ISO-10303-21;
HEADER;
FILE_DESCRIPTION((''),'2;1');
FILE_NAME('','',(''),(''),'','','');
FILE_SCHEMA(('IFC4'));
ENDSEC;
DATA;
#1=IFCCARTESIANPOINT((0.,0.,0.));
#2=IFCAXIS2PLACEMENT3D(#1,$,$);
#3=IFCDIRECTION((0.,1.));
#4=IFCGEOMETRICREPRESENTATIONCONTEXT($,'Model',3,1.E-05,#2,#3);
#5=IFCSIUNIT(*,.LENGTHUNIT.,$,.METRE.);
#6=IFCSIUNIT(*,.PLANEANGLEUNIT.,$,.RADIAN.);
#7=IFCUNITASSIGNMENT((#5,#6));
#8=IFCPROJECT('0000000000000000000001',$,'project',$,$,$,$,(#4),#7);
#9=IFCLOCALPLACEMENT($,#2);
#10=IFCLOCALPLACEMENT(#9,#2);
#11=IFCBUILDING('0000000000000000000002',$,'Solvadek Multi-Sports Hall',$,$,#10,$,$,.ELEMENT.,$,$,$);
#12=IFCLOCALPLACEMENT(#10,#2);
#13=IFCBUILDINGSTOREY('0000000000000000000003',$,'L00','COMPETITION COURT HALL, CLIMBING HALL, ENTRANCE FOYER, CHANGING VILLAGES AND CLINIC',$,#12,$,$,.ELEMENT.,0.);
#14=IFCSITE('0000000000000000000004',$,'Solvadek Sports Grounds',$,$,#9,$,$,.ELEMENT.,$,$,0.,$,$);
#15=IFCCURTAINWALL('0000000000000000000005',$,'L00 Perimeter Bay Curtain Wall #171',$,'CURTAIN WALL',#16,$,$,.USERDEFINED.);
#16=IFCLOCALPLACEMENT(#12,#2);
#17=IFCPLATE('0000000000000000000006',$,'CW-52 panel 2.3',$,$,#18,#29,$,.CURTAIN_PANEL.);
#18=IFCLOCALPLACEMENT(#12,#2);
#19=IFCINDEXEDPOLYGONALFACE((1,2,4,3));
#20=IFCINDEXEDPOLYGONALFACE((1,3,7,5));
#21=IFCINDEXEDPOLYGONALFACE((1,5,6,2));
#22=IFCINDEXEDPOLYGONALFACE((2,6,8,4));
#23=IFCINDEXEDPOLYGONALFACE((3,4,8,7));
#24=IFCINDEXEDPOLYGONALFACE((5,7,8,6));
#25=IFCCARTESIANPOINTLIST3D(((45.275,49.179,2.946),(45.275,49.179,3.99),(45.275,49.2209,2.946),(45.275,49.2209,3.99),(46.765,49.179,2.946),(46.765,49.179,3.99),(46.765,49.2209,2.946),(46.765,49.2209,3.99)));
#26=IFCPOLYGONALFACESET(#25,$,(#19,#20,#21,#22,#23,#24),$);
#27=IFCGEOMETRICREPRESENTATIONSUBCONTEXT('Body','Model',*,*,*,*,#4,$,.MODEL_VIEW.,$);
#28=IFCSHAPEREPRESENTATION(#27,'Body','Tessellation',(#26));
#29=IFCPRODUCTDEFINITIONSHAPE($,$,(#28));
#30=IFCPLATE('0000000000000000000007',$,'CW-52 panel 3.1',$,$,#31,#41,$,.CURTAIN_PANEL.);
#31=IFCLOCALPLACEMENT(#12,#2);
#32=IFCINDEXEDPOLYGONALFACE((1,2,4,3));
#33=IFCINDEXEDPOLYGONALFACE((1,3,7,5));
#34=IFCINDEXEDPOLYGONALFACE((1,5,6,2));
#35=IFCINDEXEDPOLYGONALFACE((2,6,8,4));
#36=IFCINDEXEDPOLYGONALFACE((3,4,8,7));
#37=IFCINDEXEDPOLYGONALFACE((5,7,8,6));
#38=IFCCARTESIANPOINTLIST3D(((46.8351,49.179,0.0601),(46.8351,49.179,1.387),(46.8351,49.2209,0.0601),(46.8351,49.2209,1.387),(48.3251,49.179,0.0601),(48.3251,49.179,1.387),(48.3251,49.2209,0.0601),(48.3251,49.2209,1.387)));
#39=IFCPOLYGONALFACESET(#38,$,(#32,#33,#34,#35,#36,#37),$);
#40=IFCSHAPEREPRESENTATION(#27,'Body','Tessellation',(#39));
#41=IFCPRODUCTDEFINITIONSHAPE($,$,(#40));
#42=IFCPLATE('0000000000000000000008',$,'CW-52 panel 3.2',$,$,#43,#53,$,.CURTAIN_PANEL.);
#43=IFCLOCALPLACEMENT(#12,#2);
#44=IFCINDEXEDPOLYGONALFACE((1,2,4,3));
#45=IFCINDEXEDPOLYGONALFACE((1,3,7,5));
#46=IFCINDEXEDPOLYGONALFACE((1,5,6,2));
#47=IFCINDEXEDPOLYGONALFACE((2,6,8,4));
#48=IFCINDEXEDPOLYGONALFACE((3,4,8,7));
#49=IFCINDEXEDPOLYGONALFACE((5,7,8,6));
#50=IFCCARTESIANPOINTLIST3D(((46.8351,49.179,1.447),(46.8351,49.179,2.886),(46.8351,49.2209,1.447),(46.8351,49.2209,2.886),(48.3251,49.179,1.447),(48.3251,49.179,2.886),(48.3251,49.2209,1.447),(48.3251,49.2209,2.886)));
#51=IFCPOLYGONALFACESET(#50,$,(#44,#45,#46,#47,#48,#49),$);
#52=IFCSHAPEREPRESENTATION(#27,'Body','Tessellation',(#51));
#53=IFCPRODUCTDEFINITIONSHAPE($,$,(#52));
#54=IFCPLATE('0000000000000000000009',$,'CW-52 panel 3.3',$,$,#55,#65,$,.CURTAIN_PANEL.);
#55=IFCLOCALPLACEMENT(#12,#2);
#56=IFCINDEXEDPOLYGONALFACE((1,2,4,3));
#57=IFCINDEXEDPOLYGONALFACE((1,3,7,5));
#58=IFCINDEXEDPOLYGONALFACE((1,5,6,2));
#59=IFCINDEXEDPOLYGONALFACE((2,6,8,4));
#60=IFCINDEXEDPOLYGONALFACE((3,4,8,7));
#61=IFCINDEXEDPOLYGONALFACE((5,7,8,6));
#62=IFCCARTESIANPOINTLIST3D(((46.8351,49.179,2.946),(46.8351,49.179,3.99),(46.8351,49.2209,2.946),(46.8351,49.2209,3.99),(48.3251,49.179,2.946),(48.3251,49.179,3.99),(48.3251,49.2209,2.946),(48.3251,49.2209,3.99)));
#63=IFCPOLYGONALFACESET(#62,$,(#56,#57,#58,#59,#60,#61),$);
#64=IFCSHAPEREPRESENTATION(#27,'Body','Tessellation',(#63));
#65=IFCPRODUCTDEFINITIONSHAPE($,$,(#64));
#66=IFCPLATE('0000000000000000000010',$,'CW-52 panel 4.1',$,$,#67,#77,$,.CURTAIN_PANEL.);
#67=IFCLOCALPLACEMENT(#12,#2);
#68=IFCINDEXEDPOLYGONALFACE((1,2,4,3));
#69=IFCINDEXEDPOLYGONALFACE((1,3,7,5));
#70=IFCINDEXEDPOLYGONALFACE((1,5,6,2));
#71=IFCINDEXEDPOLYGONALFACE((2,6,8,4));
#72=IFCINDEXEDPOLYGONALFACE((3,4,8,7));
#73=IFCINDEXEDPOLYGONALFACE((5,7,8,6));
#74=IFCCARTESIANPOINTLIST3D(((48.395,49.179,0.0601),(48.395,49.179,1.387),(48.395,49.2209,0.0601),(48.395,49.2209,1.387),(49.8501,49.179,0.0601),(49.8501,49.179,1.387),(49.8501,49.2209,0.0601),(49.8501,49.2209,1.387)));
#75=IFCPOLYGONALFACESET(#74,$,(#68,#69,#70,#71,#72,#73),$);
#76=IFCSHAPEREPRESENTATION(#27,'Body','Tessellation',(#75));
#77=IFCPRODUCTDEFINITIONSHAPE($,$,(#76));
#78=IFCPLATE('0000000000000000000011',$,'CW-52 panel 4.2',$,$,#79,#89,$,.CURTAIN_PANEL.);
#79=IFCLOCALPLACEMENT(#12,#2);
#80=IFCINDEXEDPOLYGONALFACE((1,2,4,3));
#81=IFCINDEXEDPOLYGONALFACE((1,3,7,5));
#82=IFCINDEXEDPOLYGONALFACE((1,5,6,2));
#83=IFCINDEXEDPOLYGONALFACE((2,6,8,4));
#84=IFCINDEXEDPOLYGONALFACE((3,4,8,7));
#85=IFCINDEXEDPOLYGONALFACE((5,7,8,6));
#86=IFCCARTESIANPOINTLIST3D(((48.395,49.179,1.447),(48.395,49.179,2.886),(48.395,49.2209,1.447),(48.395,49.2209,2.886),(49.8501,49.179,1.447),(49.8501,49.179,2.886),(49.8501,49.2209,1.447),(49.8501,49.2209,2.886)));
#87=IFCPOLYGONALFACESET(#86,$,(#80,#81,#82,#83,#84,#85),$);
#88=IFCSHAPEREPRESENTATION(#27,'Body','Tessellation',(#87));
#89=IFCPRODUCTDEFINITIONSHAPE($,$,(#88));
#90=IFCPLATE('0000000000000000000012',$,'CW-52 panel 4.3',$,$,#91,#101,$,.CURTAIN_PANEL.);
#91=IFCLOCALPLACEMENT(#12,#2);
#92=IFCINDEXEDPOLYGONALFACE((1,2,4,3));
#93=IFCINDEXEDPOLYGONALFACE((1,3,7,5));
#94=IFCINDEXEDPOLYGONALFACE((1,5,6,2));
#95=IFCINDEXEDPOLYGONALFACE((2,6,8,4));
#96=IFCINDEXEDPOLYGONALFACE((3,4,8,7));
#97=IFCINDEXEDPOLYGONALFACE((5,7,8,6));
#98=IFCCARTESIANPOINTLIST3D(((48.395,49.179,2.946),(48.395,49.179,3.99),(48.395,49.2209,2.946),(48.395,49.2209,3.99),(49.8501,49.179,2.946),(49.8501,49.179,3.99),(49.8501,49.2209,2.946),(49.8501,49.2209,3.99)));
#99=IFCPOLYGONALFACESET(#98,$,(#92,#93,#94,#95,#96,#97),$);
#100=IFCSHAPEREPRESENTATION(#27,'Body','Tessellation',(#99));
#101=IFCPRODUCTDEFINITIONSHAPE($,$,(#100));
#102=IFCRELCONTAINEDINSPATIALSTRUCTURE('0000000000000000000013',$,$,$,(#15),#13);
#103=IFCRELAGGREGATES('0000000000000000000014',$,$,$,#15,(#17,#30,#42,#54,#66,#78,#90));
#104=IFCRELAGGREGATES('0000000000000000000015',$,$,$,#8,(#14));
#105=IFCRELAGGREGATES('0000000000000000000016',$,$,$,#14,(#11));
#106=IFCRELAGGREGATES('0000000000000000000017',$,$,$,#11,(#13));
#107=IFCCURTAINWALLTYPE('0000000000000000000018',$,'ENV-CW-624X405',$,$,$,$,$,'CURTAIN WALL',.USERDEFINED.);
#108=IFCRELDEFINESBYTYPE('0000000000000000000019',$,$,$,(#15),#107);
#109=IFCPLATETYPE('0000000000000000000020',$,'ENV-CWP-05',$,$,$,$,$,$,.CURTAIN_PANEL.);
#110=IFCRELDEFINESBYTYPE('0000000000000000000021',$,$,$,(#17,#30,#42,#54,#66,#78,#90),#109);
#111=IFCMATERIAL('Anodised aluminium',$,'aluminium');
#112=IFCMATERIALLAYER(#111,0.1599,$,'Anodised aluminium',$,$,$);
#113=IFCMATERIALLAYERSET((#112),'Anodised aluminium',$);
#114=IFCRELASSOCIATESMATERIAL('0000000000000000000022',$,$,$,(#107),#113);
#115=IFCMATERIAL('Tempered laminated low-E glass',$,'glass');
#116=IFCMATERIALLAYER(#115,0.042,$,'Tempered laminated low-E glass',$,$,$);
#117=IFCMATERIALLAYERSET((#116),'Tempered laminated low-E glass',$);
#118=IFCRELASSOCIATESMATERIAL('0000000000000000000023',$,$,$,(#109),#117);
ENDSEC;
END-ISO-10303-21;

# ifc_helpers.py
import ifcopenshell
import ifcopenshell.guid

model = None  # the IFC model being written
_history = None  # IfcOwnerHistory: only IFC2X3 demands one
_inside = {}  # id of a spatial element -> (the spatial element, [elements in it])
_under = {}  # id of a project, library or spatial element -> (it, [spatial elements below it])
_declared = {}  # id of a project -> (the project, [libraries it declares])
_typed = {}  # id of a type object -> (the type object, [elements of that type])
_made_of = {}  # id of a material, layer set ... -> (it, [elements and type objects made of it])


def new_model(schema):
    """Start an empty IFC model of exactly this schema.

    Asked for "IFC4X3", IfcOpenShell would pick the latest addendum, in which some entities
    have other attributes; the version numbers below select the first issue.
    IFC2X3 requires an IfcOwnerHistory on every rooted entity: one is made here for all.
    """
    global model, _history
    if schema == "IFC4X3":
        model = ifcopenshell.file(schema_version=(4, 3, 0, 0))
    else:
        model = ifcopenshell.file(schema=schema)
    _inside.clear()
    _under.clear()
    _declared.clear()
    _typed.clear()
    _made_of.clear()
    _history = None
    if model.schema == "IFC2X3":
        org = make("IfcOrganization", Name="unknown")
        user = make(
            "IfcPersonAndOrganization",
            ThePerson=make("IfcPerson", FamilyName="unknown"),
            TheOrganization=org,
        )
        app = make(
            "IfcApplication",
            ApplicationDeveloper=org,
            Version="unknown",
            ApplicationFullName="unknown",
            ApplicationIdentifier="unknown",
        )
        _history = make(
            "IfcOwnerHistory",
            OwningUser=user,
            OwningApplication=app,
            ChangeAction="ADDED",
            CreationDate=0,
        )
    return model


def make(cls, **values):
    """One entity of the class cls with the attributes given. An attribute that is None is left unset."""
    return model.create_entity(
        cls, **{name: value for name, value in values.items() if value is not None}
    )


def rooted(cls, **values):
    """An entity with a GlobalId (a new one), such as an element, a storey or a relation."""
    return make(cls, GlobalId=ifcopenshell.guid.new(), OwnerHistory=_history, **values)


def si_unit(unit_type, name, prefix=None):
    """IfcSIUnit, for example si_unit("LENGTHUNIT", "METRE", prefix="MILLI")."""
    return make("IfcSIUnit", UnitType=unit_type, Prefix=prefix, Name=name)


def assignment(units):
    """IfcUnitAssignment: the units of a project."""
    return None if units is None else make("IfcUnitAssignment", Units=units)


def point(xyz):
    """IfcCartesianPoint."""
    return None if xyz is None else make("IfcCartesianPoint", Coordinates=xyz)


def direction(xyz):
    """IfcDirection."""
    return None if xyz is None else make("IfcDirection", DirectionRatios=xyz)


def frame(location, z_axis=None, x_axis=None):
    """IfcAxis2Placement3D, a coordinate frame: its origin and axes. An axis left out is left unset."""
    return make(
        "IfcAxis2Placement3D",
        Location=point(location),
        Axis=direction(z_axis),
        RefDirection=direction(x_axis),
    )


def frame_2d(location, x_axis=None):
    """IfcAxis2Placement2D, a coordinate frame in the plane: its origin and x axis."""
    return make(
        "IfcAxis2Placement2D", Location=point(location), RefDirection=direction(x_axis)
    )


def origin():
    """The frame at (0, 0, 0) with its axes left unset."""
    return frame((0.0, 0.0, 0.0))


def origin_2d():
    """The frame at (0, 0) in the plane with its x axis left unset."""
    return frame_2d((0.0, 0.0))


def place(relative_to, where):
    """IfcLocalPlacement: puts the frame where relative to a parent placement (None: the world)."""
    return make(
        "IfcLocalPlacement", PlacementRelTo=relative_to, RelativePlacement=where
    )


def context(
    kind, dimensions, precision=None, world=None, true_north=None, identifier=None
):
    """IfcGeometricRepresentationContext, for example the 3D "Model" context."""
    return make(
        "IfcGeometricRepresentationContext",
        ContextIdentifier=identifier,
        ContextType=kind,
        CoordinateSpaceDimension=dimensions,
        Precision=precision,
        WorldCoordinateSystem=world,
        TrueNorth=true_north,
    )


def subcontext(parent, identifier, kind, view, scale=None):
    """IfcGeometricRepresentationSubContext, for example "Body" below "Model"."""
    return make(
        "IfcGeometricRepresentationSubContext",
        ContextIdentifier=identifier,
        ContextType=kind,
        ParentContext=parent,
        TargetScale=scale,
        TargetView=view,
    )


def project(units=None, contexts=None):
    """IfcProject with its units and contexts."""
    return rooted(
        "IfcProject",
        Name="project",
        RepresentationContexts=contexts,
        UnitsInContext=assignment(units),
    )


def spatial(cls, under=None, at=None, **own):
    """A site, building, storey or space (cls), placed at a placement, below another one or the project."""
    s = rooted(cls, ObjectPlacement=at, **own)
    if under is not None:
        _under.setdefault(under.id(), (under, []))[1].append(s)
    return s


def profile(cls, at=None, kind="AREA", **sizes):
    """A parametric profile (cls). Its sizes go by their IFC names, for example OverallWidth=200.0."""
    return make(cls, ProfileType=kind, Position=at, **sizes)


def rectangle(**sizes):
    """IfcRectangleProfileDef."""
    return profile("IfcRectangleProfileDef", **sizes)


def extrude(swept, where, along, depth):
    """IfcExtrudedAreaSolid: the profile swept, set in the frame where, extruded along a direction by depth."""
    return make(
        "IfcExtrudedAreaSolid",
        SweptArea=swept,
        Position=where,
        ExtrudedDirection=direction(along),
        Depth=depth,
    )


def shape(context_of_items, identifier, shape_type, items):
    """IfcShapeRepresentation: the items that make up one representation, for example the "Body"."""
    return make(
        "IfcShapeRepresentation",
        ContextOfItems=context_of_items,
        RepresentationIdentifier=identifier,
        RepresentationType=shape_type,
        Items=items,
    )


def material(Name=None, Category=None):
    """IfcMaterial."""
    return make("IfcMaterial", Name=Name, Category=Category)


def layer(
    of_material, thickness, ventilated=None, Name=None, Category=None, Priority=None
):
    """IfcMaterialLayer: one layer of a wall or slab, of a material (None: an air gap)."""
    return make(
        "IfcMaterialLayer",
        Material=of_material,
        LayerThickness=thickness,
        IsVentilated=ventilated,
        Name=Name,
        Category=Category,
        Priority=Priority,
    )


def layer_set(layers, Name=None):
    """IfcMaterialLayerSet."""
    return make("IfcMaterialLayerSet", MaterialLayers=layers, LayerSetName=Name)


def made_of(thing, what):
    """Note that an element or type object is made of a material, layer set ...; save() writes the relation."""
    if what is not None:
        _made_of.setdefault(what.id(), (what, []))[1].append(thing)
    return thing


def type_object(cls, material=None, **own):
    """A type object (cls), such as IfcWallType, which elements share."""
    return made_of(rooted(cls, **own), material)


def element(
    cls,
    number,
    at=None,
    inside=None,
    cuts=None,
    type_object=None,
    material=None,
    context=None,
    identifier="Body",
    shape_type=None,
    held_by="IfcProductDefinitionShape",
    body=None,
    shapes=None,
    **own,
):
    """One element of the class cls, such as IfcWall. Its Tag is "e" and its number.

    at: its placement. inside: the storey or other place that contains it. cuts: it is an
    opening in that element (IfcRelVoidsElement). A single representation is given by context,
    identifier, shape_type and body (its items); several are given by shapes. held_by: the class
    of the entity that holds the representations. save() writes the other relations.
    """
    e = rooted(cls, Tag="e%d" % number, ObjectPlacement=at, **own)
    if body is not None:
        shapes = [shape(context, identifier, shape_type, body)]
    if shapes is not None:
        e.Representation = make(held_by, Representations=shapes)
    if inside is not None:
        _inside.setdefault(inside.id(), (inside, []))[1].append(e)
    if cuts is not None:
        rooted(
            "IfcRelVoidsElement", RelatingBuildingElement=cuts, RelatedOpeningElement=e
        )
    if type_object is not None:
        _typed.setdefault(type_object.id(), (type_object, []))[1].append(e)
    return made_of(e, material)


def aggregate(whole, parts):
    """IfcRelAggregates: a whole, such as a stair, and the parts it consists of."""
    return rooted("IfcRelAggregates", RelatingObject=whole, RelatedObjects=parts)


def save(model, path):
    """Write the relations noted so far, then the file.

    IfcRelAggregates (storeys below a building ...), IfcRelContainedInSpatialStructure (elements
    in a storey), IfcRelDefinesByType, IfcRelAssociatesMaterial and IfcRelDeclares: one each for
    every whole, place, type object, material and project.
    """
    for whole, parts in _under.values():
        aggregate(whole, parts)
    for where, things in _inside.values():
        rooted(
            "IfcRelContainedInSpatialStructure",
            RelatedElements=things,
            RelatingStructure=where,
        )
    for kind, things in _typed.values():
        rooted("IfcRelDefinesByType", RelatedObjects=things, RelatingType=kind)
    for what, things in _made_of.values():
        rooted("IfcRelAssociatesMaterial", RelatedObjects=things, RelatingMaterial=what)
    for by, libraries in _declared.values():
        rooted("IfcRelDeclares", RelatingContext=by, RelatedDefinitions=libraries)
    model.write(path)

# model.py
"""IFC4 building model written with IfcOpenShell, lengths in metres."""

from ifc_helpers import new_model, si_unit, direction, frame, origin, origin_2d, place, context, subcontext, project, spatial, rectangle, extrude, material, layer, layer_set, type_object, element, aggregate, save


model = new_model("IFC4")

# Units and contexts
model_context = context("Model", 3, precision=1e-05, world=origin(), true_north=direction((0.0, 1.0)))
body_context = subcontext(model_context, "Body", "Model", "MODEL_VIEW")
ifc_project = project(units=[si_unit("LENGTHUNIT", "METRE"), si_unit("PLANEANGLEUNIT", "RADIAN")], contexts=[model_context])

# Site, building, storey
site_placement = place(None, origin())
site = spatial("IfcSite", under=ifc_project, at=site_placement, Name="Solvadek Sports Grounds", CompositionType="ELEMENT", RefElevation=0.0)
building_placement = place(site_placement, origin())
building = spatial("IfcBuilding", under=site, at=building_placement, Name="Solvadek Multi-Sports Hall", CompositionType="ELEMENT")
storey_placement = place(building_placement, origin())
storey = spatial("IfcBuildingStorey", under=building, at=storey_placement, Name="L00", Description="COMPETITION COURT HALL, CLIMBING HALL, ENTRANCE FOYER, CHANGING VILLAGES AND CLINIC", CompositionType="ELEMENT", Elevation=0.0)

# Shared definitions
ifc_material_1 = material(Name="Anodised aluminium", Category="aluminium")

# Curtain wall
ifc_layer_1 = layer(ifc_material_1, 0.1599, Name="Anodised aluminium")
ifc_layer_set_1 = layer_set([ifc_layer_1], Name="Anodised aluminium")
curtain_wall_type_1 = type_object("IfcCurtainWallType", Name="ENV-CW-624X405", ElementType="CURTAIN WALL", PredefinedType="USERDEFINED", material=ifc_layer_set_1)
curtain_wall_1_placement = place(storey_placement, origin())
curtain_wall_1 = element("IfcCurtainWall", 1, at=curtain_wall_1_placement, inside=storey, type_object=curtain_wall_type_1, Name="L00 Perimeter Bay Curtain Wall #171", ObjectType="CURTAIN WALL", PredefinedType="USERDEFINED")

# Plates
ifc_material_2 = material(Name="Tempered laminated low-E glass", Category="glass")
ifc_layer_2 = layer(ifc_material_2, 0.042, Name="Tempered laminated low-E glass")
ifc_layer_set_2 = layer_set([ifc_layer_2], Name="Tempered laminated low-E glass")
plate_type = type_object("IfcPlateType", Name="ENV-CWP-05", PredefinedType="CURTAIN_PANEL", material=ifc_layer_set_2)
plate_1_placement = place(storey_placement, frame((46.02, 49.2, 2.946), z_axis=(0.0, 0.0, 1.0), x_axis=(1.0, 0.0, 0.0)))
plate_1 = element("IfcPlate", 2, at=plate_1_placement, type_object=plate_type, Name="CW-52 panel 2.3", PredefinedType="CURTAIN_PANEL", context=body_context, shape_type="SweptSolid", body=[
    extrude(rectangle(XDim=1.49, YDim=0.042, at=origin_2d()), origin(), (0.0, 0.0, 1.0), 1.0439),
])
plate_2_placement = place(storey_placement, frame((47.5801, 49.2, 0.0601), z_axis=(0.0, 0.0, 1.0), x_axis=(1.0, 0.0, 0.0)))
plate_2 = element("IfcPlate", 3, at=plate_2_placement, type_object=plate_type, Name="CW-52 panel 3.1", PredefinedType="CURTAIN_PANEL", context=body_context, shape_type="SweptSolid", body=[
    extrude(rectangle(XDim=1.49, YDim=0.042, at=origin_2d()), origin(), (0.0, 0.0, 1.0), 1.3269),
])
plate_3_placement = place(storey_placement, frame((47.5801, 49.2, 1.447), z_axis=(0.0, 0.0, 1.0), x_axis=(1.0, 0.0, 0.0)))
plate_3 = element("IfcPlate", 4, at=plate_3_placement, type_object=plate_type, Name="CW-52 panel 3.2", PredefinedType="CURTAIN_PANEL", context=body_context, shape_type="SweptSolid", body=[
    extrude(rectangle(XDim=1.49, YDim=0.042, at=origin_2d()), origin(), (0.0, 0.0, 1.0), 1.439),
])
plate_4_placement = place(storey_placement, frame((47.5801, 49.2, 2.946), z_axis=(0.0, 0.0, 1.0), x_axis=(1.0, 0.0, 0.0)))
plate_4 = element("IfcPlate", 5, at=plate_4_placement, type_object=plate_type, Name="CW-52 panel 3.3", PredefinedType="CURTAIN_PANEL", context=body_context, shape_type="SweptSolid", body=[
    extrude(rectangle(XDim=1.49, YDim=0.042, at=origin_2d()), origin(), (0.0, 0.0, 1.0), 1.0439),
])
plate_5_placement = place(storey_placement, frame((49.1226, 49.2, 0.0601), z_axis=(0.0, 0.0, 1.0), x_axis=(1.0, 0.0, 0.0)))
plate_5 = element("IfcPlate", 6, at=plate_5_placement, type_object=plate_type, Name="CW-52 panel 4.1", PredefinedType="CURTAIN_PANEL", context=body_context, shape_type="SweptSolid", body=[
    extrude(rectangle(XDim=1.4551, YDim=0.042, at=origin_2d()), origin(), (0.0, 0.0, 1.0), 1.3269),
])
plate_6_placement = place(storey_placement, frame((49.1226, 49.2, 1.447), z_axis=(0.0, 0.0, 1.0), x_axis=(1.0, 0.0, 0.0)))
plate_6 = element("IfcPlate", 7, at=plate_6_placement, type_object=plate_type, Name="CW-52 panel 4.2", PredefinedType="CURTAIN_PANEL", context=body_context, shape_type="SweptSolid", body=[
    extrude(rectangle(XDim=1.4551, YDim=0.042, at=origin_2d()), origin(), (0.0, 0.0, 1.0), 1.439),
])
plate_7_placement = place(storey_placement, frame((49.1226, 49.2, 2.946), z_axis=(0.0, 0.0, 1.0), x_axis=(1.0, 0.0, 0.0)))
plate_7 = element("IfcPlate", 8, at=plate_7_placement, type_object=plate_type, Name="CW-52 panel 4.3", PredefinedType="CURTAIN_PANEL", context=body_context, shape_type="SweptSolid", body=[
    extrude(rectangle(XDim=1.4551, YDim=0.042, at=origin_2d()), origin(), (0.0, 0.0, 1.0), 1.0439),
])
aggregate(curtain_wall_1, [plate_1, plate_2, plate_3, plate_4, plate_5, plate_6, plate_7])

save(model, "model.ifc")
